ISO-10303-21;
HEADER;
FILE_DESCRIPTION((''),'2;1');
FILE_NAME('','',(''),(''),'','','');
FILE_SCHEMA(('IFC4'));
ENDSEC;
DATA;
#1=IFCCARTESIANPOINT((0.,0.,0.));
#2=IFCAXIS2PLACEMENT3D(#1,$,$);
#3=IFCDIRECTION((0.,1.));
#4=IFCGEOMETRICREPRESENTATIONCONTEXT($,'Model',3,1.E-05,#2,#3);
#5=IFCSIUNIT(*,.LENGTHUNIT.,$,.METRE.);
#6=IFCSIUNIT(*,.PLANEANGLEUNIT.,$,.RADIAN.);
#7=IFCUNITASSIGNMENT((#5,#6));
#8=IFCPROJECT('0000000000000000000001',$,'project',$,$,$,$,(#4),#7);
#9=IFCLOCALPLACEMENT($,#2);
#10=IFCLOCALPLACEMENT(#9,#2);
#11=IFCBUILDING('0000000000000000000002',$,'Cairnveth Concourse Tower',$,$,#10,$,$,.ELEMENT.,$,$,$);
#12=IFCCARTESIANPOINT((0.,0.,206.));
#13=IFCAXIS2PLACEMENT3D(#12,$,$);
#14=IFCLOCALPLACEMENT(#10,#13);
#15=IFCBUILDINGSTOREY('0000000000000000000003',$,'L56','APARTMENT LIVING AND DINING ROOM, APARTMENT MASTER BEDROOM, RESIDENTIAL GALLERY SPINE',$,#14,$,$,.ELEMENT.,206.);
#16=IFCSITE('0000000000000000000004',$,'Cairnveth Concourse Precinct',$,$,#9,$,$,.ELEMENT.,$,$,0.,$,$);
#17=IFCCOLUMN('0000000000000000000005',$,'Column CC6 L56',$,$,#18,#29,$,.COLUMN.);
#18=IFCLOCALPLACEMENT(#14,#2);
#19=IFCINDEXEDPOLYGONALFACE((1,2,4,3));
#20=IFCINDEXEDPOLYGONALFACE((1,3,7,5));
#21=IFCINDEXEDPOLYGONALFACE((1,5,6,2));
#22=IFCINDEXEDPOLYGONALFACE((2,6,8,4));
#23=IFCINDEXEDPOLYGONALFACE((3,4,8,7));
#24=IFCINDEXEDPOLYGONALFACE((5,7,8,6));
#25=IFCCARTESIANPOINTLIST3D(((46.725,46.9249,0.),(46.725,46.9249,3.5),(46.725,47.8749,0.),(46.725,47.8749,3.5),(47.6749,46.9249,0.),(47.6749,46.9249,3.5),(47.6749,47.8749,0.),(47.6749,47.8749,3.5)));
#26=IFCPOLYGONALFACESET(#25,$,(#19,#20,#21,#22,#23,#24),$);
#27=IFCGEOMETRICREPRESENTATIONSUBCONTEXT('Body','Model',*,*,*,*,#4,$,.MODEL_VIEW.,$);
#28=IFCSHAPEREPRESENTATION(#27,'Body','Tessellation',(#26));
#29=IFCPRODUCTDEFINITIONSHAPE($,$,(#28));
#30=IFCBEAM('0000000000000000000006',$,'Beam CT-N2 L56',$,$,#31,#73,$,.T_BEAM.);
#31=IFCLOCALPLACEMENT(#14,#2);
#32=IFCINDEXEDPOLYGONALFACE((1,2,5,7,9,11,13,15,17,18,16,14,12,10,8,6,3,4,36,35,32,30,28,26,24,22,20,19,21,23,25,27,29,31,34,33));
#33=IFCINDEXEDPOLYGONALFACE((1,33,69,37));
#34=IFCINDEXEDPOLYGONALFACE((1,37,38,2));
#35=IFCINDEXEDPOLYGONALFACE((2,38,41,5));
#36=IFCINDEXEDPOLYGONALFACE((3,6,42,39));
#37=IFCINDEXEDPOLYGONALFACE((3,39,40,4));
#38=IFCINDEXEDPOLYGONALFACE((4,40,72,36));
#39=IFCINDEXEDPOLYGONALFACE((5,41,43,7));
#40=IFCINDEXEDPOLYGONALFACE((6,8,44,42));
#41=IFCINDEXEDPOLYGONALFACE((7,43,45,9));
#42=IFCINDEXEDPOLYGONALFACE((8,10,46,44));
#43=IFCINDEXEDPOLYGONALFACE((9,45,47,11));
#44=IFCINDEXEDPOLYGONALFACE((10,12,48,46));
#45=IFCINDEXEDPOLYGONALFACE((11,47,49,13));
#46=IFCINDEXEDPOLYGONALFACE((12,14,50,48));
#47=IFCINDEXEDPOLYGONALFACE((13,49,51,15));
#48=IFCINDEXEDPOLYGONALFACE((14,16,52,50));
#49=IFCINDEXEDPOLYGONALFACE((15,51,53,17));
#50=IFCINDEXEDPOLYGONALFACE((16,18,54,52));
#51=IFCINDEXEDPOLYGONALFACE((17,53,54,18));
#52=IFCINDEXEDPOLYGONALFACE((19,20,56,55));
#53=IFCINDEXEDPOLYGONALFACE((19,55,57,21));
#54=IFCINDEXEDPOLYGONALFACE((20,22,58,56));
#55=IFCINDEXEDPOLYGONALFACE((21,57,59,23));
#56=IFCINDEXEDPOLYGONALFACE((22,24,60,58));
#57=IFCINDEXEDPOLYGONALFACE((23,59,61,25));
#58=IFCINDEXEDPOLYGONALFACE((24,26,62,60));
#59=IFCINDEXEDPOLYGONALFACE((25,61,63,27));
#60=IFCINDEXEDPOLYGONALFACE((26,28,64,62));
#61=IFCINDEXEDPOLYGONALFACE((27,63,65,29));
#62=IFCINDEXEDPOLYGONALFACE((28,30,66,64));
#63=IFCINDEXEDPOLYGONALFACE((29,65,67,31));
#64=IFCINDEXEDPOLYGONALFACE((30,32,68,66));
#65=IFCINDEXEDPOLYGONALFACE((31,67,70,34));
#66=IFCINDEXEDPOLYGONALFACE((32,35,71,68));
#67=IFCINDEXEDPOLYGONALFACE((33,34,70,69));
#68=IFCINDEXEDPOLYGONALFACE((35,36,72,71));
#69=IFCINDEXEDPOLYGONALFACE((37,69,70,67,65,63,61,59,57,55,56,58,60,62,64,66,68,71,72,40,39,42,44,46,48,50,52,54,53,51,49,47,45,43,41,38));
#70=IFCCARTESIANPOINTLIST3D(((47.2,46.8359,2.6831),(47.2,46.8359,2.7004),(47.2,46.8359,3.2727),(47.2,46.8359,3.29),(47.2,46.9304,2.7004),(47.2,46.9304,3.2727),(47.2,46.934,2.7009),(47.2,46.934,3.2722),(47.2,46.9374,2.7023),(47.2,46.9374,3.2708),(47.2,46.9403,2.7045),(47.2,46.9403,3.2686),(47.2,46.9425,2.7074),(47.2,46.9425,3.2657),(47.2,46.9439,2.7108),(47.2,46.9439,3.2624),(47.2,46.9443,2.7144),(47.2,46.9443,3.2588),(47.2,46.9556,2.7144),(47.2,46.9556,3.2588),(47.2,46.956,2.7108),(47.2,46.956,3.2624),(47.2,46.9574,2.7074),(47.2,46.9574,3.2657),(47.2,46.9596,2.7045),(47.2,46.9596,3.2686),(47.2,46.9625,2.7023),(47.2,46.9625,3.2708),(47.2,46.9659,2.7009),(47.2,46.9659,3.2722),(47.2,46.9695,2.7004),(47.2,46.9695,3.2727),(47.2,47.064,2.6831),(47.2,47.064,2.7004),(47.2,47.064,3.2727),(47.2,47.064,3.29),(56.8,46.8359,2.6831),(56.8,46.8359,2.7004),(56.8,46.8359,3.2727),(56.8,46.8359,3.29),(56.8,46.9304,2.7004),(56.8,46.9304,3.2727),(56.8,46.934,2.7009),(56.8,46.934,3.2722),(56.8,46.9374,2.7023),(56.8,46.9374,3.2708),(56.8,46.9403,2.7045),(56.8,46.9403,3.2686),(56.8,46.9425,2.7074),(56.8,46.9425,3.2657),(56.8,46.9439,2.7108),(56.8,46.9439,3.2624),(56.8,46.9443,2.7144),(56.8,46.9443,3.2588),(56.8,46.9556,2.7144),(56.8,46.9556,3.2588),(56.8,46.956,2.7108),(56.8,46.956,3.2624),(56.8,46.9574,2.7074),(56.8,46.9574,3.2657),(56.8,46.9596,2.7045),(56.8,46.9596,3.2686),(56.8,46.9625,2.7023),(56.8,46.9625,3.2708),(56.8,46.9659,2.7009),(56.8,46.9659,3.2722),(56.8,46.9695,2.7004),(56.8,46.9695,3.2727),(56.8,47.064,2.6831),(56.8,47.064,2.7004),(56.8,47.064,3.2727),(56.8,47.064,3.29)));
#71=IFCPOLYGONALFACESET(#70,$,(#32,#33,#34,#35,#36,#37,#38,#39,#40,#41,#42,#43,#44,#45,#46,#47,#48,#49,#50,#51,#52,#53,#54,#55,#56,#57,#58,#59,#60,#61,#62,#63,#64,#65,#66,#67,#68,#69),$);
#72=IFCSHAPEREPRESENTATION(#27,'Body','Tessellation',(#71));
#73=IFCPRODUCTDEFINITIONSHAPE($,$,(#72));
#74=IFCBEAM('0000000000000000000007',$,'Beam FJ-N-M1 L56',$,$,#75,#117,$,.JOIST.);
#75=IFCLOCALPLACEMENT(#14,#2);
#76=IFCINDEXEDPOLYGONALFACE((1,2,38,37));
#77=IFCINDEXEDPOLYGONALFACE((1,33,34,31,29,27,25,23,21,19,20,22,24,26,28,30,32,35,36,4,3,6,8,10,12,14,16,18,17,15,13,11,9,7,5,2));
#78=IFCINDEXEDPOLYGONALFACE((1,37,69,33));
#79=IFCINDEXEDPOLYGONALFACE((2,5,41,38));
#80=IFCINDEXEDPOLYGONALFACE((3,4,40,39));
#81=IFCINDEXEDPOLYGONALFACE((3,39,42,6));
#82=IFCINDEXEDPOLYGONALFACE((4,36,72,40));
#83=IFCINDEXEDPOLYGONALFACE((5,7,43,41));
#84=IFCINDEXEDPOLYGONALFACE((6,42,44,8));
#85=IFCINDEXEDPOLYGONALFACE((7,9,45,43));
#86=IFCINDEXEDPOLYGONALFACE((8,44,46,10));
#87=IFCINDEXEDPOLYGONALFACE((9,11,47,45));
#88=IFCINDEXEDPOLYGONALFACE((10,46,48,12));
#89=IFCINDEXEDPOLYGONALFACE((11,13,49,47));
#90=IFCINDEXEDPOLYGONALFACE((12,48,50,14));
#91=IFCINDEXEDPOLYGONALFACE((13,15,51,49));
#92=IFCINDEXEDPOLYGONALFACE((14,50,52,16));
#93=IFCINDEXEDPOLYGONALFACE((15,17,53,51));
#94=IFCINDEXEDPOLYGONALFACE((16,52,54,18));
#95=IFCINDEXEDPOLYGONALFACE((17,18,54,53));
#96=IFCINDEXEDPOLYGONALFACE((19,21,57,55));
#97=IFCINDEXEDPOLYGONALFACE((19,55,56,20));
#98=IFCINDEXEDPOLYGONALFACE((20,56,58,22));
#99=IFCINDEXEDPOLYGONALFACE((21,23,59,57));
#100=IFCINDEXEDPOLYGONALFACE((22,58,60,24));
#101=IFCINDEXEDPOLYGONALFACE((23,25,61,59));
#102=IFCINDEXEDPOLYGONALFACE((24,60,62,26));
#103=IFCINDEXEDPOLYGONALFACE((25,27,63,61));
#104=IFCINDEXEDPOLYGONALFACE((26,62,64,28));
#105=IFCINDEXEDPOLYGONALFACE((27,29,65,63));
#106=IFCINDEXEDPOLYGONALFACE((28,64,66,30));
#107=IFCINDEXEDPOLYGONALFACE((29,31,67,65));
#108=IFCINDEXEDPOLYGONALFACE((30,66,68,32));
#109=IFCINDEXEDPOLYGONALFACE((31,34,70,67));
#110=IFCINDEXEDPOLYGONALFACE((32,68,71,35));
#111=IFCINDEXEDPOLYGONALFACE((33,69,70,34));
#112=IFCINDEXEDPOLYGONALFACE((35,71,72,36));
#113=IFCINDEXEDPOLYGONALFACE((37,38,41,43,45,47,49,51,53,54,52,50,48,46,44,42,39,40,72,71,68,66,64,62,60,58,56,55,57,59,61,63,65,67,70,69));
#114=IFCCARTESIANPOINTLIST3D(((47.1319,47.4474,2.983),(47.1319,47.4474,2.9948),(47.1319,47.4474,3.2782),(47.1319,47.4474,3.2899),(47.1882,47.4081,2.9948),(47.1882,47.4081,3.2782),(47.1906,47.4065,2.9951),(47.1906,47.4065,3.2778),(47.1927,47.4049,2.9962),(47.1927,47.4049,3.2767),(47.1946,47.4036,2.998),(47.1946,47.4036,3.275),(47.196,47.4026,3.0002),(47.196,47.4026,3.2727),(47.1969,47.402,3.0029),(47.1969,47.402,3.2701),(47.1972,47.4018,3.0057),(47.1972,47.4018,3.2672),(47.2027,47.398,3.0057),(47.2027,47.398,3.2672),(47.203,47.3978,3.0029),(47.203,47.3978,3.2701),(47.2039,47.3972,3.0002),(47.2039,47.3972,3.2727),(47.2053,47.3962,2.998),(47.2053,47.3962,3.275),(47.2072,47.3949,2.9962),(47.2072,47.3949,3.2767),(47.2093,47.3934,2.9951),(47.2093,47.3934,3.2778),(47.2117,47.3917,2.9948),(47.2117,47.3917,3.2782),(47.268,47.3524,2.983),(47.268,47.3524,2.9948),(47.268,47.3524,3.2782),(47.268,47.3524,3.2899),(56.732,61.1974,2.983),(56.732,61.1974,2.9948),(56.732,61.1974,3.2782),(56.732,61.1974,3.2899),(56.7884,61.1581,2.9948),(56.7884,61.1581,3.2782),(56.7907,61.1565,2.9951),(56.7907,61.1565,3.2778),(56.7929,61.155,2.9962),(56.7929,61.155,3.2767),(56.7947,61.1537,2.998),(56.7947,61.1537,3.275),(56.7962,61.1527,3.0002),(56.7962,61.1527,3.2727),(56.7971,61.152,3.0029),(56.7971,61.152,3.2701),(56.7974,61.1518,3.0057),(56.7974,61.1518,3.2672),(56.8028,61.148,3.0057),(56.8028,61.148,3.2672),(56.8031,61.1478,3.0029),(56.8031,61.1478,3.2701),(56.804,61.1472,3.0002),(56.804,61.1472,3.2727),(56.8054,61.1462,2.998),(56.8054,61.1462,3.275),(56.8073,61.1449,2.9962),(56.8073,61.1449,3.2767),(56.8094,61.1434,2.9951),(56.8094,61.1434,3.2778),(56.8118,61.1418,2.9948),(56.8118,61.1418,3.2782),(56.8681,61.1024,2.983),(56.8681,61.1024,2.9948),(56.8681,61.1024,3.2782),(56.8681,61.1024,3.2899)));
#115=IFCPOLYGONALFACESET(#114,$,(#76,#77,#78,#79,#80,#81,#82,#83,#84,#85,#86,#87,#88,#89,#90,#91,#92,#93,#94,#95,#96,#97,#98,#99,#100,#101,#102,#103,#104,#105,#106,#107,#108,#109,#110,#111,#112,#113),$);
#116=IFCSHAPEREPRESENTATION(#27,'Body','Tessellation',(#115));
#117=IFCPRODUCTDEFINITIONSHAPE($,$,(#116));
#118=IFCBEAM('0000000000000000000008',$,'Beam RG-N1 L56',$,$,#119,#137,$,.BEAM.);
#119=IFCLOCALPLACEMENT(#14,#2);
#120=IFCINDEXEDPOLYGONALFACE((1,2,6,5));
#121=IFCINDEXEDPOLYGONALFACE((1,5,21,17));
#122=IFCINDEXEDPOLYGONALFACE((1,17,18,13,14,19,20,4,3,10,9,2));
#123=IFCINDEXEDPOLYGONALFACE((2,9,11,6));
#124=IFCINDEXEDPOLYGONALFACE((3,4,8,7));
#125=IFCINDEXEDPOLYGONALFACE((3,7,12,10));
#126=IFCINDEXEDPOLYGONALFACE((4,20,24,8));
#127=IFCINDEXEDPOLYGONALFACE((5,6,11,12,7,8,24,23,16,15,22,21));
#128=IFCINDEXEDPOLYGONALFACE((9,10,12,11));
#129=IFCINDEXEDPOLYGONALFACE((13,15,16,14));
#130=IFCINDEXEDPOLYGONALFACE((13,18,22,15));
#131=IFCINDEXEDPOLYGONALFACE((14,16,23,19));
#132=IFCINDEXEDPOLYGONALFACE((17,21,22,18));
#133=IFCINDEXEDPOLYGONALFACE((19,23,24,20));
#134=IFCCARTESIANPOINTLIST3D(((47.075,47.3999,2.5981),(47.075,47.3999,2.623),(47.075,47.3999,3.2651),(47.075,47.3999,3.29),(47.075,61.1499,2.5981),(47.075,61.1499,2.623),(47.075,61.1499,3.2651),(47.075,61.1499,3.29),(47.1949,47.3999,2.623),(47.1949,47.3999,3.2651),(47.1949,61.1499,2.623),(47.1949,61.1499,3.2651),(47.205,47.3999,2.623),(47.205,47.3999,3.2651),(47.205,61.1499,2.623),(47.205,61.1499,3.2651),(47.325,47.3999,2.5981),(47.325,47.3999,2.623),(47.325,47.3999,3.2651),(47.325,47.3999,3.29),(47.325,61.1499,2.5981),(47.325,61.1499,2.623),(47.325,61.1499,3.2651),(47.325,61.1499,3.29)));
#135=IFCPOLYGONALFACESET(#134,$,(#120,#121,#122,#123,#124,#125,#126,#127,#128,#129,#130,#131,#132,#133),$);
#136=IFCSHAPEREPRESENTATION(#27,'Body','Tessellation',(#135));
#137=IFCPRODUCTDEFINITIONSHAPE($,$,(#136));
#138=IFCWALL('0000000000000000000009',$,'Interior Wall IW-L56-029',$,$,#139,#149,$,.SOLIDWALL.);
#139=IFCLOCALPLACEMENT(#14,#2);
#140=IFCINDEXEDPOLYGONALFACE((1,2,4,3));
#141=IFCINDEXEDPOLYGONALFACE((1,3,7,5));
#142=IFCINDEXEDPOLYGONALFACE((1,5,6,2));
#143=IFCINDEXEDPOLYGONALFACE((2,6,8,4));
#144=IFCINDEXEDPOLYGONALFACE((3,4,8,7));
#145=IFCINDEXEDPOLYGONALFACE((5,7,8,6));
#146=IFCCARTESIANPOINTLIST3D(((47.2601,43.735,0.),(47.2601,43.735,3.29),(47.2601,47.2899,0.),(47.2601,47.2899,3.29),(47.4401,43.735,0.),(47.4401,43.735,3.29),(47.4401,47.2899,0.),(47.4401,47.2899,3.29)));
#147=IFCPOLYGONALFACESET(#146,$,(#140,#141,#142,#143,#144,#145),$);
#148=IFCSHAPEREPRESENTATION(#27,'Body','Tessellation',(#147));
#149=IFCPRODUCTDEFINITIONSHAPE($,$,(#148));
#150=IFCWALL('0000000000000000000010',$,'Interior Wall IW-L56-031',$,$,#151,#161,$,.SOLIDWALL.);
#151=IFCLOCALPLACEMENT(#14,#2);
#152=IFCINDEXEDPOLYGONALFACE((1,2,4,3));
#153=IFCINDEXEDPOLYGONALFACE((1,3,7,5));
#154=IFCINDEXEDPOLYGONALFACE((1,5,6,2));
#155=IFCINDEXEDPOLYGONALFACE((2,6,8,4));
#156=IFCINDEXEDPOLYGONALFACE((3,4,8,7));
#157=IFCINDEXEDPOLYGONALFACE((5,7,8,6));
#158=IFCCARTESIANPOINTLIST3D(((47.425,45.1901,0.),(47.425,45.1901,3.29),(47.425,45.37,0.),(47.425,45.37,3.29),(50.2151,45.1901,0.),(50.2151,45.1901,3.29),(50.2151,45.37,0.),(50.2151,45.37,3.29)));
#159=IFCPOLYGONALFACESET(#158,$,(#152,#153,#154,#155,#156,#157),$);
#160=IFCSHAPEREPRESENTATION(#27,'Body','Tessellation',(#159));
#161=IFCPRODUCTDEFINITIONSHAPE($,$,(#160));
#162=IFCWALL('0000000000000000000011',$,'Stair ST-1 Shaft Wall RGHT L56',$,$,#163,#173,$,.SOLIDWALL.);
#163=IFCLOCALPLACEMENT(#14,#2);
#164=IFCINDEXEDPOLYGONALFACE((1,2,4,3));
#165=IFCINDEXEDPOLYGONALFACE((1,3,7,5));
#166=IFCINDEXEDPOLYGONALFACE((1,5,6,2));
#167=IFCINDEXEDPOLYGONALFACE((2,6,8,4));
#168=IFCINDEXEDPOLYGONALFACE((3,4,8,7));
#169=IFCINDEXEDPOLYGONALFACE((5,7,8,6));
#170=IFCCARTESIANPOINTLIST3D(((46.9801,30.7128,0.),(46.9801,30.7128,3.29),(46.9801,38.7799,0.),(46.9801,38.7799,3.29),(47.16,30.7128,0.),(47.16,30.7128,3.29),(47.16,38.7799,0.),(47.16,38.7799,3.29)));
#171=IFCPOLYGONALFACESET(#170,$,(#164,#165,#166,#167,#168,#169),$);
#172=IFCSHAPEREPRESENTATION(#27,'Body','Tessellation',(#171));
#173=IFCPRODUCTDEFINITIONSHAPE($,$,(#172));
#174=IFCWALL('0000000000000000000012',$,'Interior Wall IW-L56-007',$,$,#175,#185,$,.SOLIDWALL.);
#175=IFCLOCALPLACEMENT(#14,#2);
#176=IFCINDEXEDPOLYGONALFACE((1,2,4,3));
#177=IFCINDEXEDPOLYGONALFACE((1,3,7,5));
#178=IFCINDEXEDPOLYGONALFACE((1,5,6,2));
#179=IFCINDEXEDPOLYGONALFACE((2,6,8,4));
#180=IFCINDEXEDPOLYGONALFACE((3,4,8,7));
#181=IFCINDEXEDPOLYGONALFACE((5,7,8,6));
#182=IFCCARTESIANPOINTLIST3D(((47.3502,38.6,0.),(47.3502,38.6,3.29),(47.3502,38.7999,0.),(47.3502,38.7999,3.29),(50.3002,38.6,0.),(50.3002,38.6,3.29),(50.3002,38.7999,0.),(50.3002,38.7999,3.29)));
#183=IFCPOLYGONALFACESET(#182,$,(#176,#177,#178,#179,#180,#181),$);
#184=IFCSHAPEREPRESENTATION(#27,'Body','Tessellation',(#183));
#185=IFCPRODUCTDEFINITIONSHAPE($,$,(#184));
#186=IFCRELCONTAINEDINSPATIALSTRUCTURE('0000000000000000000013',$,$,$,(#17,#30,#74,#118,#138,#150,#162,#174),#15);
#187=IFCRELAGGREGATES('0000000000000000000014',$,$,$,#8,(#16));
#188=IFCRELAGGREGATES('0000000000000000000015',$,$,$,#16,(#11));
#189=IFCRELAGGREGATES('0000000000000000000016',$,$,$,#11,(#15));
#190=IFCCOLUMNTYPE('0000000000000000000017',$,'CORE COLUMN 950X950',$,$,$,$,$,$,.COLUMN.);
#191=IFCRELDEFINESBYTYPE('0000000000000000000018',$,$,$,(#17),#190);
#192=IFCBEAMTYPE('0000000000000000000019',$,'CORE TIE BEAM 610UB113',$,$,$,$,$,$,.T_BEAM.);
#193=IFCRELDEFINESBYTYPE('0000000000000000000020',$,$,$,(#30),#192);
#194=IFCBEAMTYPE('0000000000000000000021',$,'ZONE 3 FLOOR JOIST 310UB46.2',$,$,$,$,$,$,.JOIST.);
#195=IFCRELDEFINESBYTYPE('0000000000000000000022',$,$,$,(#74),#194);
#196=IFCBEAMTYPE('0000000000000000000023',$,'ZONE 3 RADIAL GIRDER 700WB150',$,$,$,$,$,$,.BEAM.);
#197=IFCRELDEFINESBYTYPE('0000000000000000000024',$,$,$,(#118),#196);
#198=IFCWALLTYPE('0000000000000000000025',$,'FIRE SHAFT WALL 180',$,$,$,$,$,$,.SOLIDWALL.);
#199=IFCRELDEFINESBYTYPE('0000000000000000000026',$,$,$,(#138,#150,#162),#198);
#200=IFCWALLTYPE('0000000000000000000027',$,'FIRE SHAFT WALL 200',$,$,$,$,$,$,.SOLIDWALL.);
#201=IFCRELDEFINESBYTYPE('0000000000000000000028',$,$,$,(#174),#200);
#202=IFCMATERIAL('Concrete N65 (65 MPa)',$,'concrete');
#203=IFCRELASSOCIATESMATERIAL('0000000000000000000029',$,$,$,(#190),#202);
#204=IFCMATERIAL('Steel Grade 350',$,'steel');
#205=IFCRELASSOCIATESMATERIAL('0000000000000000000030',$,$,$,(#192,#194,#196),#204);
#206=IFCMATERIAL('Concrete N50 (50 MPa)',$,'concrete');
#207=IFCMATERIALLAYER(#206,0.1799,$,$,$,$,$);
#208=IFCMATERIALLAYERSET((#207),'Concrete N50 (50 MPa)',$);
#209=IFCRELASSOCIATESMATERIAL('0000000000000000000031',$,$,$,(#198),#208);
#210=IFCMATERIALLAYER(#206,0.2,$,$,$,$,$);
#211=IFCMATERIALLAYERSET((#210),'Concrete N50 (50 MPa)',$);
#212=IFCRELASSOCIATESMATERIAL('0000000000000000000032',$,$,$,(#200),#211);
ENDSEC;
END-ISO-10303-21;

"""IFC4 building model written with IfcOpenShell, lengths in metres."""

from ifc_helpers import new_model, si_unit, direction, frame, frame_2d, origin, origin_2d, place, context, subcontext, project, spatial, rectangle, i_section, extrude, material, layer, layer_set, material_profile, profile_set, type_object, element, save


model = new_model("IFC4")

# Units and contexts
model_context = context("Model", 3, precision=1e-05, world=origin(), true_north=direction((0.0, 1.0)))
body_context = subcontext(model_context, "Body", "Model", "MODEL_VIEW")
ifc_project = project(units=[si_unit("LENGTHUNIT", "METRE"), si_unit("PLANEANGLEUNIT", "RADIAN")], contexts=[model_context])

# Site, building, storey
site_placement = place(None, origin())
site = spatial("IfcSite", under=ifc_project, at=site_placement, Name="Cairnveth Concourse Precinct", CompositionType="ELEMENT", RefElevation=0.0)
building_placement = place(site_placement, origin())
building = spatial("IfcBuilding", under=site, at=building_placement, Name="Cairnveth Concourse Tower", CompositionType="ELEMENT")
storey_placement = place(building_placement, frame((0.0, 0.0, 206.0)))
storey = spatial("IfcBuildingStorey", under=building, at=storey_placement, Name="L56", Description="APARTMENT LIVING AND DINING ROOM, APARTMENT MASTER BEDROOM, RESIDENTIAL GALLERY SPINE", CompositionType="ELEMENT", Elevation=206.0)

# Column
ifc_material_1 = material(Name="Concrete N65 (65 MPa)", Category="concrete")
ifc_material_profile_1 = material_profile(ifc_material_1, rectangle(XDim=0.95, YDim=0.95, at=origin_2d()), Name="RC-COL-950x950")
ifc_profile_set_1 = profile_set([ifc_material_profile_1], Name="Concrete N65 (65 MPa)")
column_type = type_object("IfcColumnType", Name="CORE COLUMN 950X950", PredefinedType="COLUMN", material=ifc_profile_set_1)
column_placement = place(storey_placement, frame((47.2, 47.3999, 0.0), z_axis=(0.0, 0.0, 1.0), x_axis=(1.0, 0.0, 0.0)))
element("IfcColumn", 1, at=column_placement, inside=storey, type_object=column_type, Name="Column CC6 L56", PredefinedType="COLUMN", context=body_context, shape_type="SweptSolid", body=[
    extrude(rectangle(XDim=0.95, YDim=0.95, at=origin_2d()), origin(), (0.0, 0.0, 1.0), 3.5),
])

# Beams
ifc_material_2 = material(Name="Steel Grade 350", Category="steel")
ifc_material_profile_2 = material_profile(ifc_material_2, i_section(OverallWidth=0.228, OverallDepth=0.6069, WebThickness=0.0112, FlangeThickness=0.0173, FilletRadius=0.0139, at=origin_2d()), Name="610UB113")
ifc_profile_set_2 = profile_set([ifc_material_profile_2], Name="Steel Grade 350")
beam_type_1 = type_object("IfcBeamType", Name="CORE TIE BEAM 610UB113", PredefinedType="T_BEAM", material=ifc_profile_set_2)
beam_1_placement = place(storey_placement, frame((47.2, 46.95, 2.9866), z_axis=(1.0, 0.0, 0.0), x_axis=(0.0, 1.0, 0.0)))
element("IfcBeam", 2, at=beam_1_placement, inside=storey, type_object=beam_type_1, Name="Beam CT-N2 L56", PredefinedType="T_BEAM", context=body_context, shape_type="SweptSolid", body=[
    extrude(i_section(OverallWidth=0.228, OverallDepth=0.6069, WebThickness=0.0112, FlangeThickness=0.0173, FilletRadius=0.0139, at=origin_2d()), origin(), (0.0, 0.0, 1.0), 9.6001),
])
ifc_material_profile_3 = material_profile(ifc_material_2, i_section(OverallWidth=0.166, OverallDepth=0.3069, WebThickness=0.0066, FlangeThickness=0.0117, FilletRadius=0.011, at=origin_2d()), Name="310UB46.2")
ifc_profile_set_3 = profile_set([ifc_material_profile_3], Name="Steel Grade 350")
beam_type_2 = type_object("IfcBeamType", Name="ZONE 3 FLOOR JOIST 310UB46.2", PredefinedType="JOIST", material=ifc_profile_set_3)
beam_2_placement = place(storey_placement, frame((47.2, 47.3999, 3.1365), z_axis=(0.572465, 0.819929, 0.0), x_axis=(-0.819929, 0.572465, 0.0)))
element("IfcBeam", 3, at=beam_2_placement, inside=storey, type_object=beam_type_2, Name="Beam FJ-N-M1 L56", PredefinedType="JOIST", context=body_context, shape_type="SweptSolid", body=[
    extrude(i_section(OverallWidth=0.166, OverallDepth=0.3069, WebThickness=0.0066, FlangeThickness=0.0117, FilletRadius=0.011, at=origin_2d()), origin(), (0.0, 0.0, 1.0), 16.7698),
])
ifc_material_profile_4 = material_profile(ifc_material_2, i_section(OverallWidth=0.25, OverallDepth=0.6919, WebThickness=0.01, FlangeThickness=0.0249, at=origin_2d()), Name="700WB150")
ifc_profile_set_4 = profile_set([ifc_material_profile_4], Name="Steel Grade 350")
beam_type_3 = type_object("IfcBeamType", Name="ZONE 3 RADIAL GIRDER 700WB150", PredefinedType="BEAM", material=ifc_profile_set_4)
beam_3_placement = place(storey_placement, frame((47.2, 47.3999, 2.9441), z_axis=(0.0, 1.0, 0.0), x_axis=(-1.0, 0.0, 0.0)))
element("IfcBeam", 4, at=beam_3_placement, inside=storey, type_object=beam_type_3, Name="Beam RG-N1 L56", PredefinedType="BEAM", context=body_context, shape_type="SweptSolid", body=[
    extrude(i_section(OverallWidth=0.25, OverallDepth=0.6919, WebThickness=0.01, FlangeThickness=0.0249, at=origin_2d()), origin(), (0.0, 0.0, 1.0), 13.75),
])

# Walls
ifc_material_3 = material(Name="Concrete N50 (50 MPa)", Category="concrete")
ifc_layer_1 = layer(ifc_material_3, 0.1799)
ifc_layer_set_1 = layer_set([ifc_layer_1], Name="Concrete N50 (50 MPa)")
wall_type_1 = type_object("IfcWallType", Name="FIRE SHAFT WALL 180", PredefinedType="SOLIDWALL", material=ifc_layer_set_1)
wall_1_placement = place(storey_placement, frame((47.3501, 43.7351, 0.0), z_axis=(0.0, 0.0, 1.0), x_axis=(0.0, 1.0, 0.0)))
element("IfcWall", 5, at=wall_1_placement, inside=storey, type_object=wall_type_1, Name="Interior Wall IW-L56-029", PredefinedType="SOLIDWALL", context=body_context, shape_type="SweptSolid", body=[
    extrude(rectangle(XDim=3.5549, YDim=0.1799, at=frame_2d((1.7773, 0.0))), origin(), (0.0, 0.0, 1.0), 3.29),
])
wall_2_placement = place(storey_placement, frame((47.425, 45.28, 0.0), z_axis=(0.0, 0.0, 1.0), x_axis=(1.0, 0.0, 0.0)))
element("IfcWall", 6, at=wall_2_placement, inside=storey, type_object=wall_type_1, Name="Interior Wall IW-L56-031", PredefinedType="SOLIDWALL", context=body_context, shape_type="SweptSolid", body=[
    extrude(rectangle(XDim=2.79, YDim=0.1799, at=frame_2d((1.395, 0.0))), origin(), (0.0, 0.0, 1.0), 3.29),
])

# Walls
wall_3_placement = place(storey_placement, frame((47.0701, 38.78, 0.0), z_axis=(0.0, 0.0, 1.0), x_axis=(0.0, -1.0, 0.0)))
element("IfcWall", 7, at=wall_3_placement, inside=storey, type_object=wall_type_1, Name="Stair ST-1 Shaft Wall RGHT L56", PredefinedType="SOLIDWALL", context=body_context, shape_type="SweptSolid", body=[
    extrude(rectangle(XDim=8.0671, YDim=0.1799, at=frame_2d((4.0337, 0.0))), origin(), (0.0, 0.0, 1.0), 3.29),
])
ifc_layer_2 = layer(ifc_material_3, 0.2)
ifc_layer_set_2 = layer_set([ifc_layer_2], Name="Concrete N50 (50 MPa)")
wall_type_2 = type_object("IfcWallType", Name="FIRE SHAFT WALL 200", PredefinedType="SOLIDWALL", material=ifc_layer_set_2)
for number, where, z_axis, x_axis, name in (
    (8, (47.3501, 38.7, 0.0), (0.0, 0.0, 1.0), (1.0, 0.0, 0.0), "Interior Wall IW-L56-007"),
):
    element("IfcWall", number, at=place(storey_placement, frame(where, z_axis=z_axis, x_axis=x_axis)), inside=storey, type_object=wall_type_2, Name=name, PredefinedType="SOLIDWALL", context=body_context, shape_type="SweptSolid", body=[
        extrude(rectangle(XDim=2.95, YDim=0.2, at=frame_2d((1.4751, 0.0))), origin(), (0.0, 0.0, 1.0), 3.29),
    ])

save(model, "model.ifc")
